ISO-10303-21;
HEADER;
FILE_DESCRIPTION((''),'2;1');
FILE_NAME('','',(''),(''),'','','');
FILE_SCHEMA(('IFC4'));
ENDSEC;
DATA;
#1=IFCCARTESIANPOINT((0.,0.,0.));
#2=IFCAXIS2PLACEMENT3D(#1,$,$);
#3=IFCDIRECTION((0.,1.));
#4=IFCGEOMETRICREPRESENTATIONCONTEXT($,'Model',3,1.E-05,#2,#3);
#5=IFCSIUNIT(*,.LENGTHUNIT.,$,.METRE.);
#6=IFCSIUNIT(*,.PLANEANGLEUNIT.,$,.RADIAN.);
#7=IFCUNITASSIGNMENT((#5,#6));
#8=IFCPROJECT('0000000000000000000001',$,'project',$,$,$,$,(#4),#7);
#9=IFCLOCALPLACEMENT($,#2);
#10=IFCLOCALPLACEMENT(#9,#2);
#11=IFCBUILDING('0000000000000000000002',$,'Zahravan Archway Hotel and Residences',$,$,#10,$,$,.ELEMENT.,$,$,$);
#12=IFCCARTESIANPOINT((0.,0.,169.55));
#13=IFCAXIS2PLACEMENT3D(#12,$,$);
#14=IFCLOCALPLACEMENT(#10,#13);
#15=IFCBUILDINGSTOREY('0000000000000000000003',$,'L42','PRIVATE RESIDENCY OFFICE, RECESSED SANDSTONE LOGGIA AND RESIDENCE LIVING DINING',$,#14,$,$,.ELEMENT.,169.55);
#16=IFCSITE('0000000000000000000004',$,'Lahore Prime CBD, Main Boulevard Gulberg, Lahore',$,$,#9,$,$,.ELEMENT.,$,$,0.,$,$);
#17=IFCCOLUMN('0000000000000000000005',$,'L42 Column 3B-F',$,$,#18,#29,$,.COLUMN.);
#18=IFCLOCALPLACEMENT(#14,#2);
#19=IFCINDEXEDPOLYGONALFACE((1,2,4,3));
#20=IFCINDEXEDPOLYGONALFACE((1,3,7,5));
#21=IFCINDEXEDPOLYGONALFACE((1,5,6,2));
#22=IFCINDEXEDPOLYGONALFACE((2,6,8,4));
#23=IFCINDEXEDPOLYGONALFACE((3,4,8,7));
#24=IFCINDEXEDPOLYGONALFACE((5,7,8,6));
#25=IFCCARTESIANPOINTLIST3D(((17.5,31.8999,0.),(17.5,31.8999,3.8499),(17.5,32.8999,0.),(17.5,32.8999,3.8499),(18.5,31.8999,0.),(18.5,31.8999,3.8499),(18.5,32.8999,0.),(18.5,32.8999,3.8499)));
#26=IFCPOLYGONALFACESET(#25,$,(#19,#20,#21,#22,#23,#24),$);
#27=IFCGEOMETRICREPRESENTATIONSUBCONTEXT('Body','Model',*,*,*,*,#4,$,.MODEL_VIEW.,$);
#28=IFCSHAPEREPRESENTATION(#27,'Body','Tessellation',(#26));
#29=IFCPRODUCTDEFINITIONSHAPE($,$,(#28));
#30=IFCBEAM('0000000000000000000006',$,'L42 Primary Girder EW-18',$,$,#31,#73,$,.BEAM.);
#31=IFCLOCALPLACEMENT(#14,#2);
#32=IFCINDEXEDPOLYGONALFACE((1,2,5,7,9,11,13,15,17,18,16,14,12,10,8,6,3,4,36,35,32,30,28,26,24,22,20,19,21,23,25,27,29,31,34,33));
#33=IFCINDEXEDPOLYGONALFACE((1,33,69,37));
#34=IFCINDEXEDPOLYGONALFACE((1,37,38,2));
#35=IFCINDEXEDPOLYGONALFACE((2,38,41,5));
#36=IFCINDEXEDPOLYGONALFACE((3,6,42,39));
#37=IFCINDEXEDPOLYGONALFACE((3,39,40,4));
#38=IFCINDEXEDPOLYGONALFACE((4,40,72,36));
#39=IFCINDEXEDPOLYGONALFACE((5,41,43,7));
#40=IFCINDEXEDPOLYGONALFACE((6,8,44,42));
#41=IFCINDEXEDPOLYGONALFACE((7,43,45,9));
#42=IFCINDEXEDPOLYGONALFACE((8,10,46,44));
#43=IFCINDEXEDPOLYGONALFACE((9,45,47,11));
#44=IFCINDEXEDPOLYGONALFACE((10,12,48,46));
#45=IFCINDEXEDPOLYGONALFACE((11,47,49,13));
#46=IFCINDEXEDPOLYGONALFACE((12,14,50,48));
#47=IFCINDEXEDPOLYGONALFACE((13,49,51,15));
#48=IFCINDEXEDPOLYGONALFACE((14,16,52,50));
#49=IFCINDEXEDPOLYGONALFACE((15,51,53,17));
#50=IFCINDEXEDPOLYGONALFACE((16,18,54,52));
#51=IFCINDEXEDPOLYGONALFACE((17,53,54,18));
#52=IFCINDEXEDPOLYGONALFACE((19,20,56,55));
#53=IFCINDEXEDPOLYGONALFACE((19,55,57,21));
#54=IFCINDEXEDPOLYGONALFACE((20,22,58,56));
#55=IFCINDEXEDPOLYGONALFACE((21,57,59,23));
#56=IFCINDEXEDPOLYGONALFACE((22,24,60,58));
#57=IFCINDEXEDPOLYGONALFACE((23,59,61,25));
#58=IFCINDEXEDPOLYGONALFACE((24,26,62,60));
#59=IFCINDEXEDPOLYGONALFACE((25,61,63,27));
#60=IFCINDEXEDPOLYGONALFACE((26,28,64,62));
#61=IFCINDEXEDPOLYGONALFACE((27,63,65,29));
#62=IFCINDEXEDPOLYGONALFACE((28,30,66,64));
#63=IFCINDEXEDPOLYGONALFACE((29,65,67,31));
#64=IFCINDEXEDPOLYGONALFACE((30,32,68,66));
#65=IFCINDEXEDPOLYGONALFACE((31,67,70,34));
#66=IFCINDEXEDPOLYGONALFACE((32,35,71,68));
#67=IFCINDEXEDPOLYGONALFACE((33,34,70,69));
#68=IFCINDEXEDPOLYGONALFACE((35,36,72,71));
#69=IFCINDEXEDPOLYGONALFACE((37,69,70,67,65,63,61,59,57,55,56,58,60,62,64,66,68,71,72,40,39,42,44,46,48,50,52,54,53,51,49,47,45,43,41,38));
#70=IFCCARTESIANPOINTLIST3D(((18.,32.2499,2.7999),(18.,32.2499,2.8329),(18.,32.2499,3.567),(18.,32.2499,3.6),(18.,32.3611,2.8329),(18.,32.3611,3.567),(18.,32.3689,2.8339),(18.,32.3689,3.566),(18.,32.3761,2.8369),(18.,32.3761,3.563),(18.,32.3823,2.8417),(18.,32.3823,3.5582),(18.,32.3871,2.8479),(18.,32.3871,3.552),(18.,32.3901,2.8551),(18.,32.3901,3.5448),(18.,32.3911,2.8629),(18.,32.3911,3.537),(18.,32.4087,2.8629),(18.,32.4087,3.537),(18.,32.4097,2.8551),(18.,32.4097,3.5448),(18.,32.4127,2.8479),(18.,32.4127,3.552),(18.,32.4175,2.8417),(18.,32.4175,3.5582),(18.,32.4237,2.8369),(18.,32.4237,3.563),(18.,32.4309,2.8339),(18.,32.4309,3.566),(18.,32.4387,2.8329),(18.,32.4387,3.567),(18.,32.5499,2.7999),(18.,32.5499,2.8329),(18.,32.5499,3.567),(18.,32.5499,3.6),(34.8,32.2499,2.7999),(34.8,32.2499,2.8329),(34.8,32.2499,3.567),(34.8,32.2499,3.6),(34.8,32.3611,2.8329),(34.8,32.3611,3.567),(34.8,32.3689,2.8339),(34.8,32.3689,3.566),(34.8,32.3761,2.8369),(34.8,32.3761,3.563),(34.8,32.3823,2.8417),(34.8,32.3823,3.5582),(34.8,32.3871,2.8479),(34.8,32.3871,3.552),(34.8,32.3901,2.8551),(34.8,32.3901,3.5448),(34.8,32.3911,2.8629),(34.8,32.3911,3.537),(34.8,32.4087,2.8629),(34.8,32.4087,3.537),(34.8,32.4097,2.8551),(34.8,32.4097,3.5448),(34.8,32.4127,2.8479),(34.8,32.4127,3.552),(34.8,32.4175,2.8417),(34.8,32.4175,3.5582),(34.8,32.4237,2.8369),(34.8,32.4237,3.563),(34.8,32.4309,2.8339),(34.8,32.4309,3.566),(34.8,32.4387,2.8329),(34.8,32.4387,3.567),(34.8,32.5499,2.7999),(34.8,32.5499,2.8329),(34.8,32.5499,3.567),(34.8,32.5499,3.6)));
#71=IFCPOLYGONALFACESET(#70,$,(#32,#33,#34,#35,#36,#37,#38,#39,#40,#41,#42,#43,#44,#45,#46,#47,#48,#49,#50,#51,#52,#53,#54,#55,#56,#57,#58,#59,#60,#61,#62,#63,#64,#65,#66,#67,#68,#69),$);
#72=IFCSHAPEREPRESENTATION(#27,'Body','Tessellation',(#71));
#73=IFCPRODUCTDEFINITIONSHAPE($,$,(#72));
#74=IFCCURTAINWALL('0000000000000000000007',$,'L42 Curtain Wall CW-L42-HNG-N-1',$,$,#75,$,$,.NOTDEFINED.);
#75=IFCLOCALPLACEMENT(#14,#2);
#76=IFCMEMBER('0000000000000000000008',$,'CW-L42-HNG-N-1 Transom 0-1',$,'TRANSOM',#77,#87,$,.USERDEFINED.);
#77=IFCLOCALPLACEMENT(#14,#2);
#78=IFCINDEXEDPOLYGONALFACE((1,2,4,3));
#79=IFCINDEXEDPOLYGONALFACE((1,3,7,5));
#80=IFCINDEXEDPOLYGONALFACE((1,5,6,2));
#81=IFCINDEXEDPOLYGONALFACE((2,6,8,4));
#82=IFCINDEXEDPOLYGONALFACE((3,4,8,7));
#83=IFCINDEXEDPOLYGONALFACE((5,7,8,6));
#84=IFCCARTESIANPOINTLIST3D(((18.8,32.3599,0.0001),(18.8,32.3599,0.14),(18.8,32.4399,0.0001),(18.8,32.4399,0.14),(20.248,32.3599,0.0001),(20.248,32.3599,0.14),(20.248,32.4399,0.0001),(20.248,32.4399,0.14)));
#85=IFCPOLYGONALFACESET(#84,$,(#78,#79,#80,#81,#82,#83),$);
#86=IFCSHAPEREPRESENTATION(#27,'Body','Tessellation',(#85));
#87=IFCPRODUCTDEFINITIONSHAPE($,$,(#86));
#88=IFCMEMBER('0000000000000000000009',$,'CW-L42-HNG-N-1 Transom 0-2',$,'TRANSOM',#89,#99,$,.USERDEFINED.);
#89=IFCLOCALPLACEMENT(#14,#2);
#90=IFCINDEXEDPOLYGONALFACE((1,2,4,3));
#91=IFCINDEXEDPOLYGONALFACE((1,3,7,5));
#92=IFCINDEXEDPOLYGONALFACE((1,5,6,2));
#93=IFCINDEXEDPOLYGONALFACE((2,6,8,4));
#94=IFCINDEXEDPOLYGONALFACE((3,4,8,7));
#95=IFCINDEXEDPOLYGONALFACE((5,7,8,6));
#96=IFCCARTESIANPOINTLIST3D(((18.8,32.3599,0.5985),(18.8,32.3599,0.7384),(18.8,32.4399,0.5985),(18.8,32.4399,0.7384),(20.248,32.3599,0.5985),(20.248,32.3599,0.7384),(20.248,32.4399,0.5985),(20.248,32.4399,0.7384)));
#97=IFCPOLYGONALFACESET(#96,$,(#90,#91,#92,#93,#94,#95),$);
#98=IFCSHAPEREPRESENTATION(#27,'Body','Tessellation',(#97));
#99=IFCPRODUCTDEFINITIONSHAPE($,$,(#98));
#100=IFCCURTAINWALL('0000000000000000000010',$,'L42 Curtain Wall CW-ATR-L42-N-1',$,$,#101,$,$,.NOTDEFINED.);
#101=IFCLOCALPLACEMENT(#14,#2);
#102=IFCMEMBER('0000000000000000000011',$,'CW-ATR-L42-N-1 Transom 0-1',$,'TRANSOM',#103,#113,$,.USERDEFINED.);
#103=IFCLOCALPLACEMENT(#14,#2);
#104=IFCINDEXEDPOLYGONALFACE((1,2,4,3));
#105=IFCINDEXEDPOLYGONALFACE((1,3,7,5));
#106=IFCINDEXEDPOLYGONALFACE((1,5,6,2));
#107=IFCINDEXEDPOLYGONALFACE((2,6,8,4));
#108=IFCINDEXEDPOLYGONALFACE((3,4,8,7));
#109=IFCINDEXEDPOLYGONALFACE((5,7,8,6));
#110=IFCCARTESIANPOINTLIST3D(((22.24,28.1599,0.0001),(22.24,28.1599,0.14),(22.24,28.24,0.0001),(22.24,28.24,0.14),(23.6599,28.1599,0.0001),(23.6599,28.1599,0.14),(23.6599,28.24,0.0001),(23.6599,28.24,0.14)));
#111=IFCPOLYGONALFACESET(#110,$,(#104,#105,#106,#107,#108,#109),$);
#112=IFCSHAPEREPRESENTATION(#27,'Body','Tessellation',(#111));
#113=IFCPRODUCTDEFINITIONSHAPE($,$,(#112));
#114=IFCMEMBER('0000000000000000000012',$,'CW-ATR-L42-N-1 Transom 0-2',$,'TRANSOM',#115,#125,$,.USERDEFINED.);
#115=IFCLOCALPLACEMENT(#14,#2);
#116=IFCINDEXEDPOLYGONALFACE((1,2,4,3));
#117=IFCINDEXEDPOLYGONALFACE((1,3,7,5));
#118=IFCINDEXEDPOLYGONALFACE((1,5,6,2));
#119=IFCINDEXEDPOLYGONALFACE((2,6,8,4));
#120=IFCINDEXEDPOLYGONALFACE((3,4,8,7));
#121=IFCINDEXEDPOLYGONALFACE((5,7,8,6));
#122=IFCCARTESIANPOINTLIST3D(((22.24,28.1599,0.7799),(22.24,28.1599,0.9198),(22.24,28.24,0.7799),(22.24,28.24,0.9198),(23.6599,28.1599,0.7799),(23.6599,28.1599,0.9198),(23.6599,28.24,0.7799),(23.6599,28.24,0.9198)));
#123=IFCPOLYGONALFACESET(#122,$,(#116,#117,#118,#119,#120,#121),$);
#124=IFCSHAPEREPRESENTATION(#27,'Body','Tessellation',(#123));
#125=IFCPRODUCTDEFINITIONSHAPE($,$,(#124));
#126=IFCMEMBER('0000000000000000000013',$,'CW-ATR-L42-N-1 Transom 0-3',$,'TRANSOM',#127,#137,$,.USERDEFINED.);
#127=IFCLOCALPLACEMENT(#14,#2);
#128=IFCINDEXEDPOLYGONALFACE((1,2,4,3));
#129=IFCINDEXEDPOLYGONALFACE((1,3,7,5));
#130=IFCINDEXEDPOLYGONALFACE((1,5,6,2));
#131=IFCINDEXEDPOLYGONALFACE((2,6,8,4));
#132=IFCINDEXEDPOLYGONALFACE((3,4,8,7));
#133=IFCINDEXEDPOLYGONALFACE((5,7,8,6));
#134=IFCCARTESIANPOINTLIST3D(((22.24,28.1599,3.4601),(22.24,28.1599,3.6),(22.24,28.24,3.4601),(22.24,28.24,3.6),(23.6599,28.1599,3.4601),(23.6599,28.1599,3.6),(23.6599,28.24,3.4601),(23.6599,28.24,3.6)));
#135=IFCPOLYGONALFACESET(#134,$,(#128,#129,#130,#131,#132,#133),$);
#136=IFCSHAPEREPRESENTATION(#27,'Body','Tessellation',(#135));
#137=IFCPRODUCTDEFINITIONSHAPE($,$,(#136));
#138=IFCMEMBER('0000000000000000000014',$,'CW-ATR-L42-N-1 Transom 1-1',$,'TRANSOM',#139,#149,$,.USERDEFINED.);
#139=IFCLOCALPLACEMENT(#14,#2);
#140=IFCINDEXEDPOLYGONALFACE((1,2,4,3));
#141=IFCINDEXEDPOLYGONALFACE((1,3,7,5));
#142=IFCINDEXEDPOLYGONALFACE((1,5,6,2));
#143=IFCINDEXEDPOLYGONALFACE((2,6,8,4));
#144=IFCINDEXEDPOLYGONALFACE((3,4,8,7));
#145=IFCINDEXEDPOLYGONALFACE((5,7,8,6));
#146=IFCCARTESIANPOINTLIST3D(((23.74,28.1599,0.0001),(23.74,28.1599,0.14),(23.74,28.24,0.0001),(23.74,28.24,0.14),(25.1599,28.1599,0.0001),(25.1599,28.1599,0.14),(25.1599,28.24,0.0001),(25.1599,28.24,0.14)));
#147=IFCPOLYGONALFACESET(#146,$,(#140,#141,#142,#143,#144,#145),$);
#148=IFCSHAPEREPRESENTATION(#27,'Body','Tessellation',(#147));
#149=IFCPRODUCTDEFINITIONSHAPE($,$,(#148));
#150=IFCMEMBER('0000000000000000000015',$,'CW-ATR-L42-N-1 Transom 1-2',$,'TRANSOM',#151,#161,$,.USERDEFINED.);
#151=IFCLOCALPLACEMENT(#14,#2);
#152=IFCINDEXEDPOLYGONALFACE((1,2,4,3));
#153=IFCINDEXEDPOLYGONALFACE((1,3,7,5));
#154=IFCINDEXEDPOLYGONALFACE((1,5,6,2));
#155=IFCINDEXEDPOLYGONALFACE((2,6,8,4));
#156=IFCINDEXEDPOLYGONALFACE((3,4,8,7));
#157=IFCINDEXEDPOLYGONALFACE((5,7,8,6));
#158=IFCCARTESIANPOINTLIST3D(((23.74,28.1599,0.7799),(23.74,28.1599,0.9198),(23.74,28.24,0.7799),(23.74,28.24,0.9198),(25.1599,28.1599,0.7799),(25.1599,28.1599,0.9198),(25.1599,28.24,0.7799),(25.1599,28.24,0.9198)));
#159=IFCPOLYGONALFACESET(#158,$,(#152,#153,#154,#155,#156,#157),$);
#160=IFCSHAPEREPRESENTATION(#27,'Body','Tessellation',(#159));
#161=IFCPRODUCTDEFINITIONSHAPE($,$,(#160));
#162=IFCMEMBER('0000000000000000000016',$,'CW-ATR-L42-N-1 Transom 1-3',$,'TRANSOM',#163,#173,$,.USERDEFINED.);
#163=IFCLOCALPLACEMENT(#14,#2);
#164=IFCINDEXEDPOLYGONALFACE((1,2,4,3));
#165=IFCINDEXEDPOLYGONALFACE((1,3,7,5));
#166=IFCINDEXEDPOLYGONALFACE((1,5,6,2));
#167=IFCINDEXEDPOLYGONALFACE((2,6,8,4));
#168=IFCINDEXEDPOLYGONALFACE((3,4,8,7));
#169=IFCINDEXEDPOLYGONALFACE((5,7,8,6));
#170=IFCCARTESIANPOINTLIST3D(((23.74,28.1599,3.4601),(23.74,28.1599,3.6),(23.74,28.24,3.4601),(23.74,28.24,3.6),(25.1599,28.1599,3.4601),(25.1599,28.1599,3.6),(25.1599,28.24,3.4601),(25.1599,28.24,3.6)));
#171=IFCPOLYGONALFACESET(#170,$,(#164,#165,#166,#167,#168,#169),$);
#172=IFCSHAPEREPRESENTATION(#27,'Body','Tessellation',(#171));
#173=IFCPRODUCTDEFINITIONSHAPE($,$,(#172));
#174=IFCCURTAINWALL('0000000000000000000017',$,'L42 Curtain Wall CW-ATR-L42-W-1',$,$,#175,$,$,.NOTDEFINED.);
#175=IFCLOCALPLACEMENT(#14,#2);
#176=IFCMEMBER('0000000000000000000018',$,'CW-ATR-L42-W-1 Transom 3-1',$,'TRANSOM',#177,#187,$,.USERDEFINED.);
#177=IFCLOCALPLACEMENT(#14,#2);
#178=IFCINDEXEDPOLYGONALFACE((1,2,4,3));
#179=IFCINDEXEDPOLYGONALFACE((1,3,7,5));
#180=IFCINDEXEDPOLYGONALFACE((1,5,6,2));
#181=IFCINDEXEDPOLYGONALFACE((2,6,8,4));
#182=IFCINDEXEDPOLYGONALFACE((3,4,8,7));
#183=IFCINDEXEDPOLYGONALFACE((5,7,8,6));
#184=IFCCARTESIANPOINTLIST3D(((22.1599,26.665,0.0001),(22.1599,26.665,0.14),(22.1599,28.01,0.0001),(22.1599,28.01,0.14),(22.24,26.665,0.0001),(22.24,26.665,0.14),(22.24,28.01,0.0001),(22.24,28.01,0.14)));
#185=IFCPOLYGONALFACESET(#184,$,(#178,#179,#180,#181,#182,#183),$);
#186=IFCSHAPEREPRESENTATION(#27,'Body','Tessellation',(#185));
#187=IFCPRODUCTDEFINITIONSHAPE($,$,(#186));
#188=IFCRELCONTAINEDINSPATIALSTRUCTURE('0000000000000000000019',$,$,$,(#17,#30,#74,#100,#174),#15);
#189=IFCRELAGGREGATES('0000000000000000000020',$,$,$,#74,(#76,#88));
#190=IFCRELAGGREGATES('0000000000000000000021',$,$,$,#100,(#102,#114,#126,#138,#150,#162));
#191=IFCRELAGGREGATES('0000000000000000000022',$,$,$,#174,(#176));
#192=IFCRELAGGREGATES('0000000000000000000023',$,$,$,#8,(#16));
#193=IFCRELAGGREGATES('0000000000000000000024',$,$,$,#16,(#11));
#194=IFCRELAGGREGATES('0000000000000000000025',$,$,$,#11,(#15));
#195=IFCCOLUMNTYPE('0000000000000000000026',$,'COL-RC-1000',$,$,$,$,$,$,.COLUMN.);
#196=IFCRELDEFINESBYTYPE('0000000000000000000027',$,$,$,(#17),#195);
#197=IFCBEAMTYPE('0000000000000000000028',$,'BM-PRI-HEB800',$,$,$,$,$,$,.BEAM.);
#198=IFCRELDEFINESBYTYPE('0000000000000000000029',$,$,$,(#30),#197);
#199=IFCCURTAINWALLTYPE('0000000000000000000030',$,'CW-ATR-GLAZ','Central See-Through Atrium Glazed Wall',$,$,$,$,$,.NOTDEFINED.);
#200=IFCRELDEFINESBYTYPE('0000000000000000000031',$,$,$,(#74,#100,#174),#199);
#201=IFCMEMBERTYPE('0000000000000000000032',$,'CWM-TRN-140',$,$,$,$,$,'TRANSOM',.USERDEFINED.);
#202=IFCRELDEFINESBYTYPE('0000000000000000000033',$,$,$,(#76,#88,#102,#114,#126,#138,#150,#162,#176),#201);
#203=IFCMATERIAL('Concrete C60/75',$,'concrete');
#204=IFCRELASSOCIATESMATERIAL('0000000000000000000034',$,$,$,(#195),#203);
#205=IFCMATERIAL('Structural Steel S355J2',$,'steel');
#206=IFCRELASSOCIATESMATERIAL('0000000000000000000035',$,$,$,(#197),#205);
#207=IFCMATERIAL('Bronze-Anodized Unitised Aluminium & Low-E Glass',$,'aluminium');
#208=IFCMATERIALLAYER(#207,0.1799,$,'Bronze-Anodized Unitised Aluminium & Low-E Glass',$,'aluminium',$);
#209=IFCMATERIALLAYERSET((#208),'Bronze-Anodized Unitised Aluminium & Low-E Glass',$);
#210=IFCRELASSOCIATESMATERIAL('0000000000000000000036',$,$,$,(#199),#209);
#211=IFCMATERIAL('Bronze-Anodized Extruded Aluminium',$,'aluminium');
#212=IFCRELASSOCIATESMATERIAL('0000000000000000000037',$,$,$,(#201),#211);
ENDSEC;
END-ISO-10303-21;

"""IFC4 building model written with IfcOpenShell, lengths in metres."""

from ifc_helpers import new_model, si_unit, direction, frame, origin, origin_2d, place, context, subcontext, project, spatial, rectangle, i_section, extrude, source, transform, mapped, material, layer, layer_set, material_profile, profile_set, type_object, type_shapes, element, aggregate, save


model = new_model("IFC4")

# Units and contexts
model_context = context("Model", 3, precision=1e-05, world=origin(), true_north=direction((0.0, 1.0)))
body_context = subcontext(model_context, "Body", "Model", "MODEL_VIEW")
ifc_project = project(units=[si_unit("LENGTHUNIT", "METRE"), si_unit("PLANEANGLEUNIT", "RADIAN")], contexts=[model_context])

# Site, building, storey
site_placement = place(None, origin())
site = spatial("IfcSite", under=ifc_project, at=site_placement, Name="Lahore Prime CBD, Main Boulevard Gulberg, Lahore", CompositionType="ELEMENT", RefElevation=0.0)
building_placement = place(site_placement, origin())
building = spatial("IfcBuilding", under=site, at=building_placement, Name="Zahravan Archway Hotel and Residences", CompositionType="ELEMENT")
storey_placement = place(building_placement, frame((0.0, 0.0, 169.55)))
storey = spatial("IfcBuildingStorey", under=building, at=storey_placement, Name="L42", Description="PRIVATE RESIDENCY OFFICE, RECESSED SANDSTONE LOGGIA AND RESIDENCE LIVING DINING", CompositionType="ELEMENT", Elevation=169.55)

# Column
ifc_material_1 = material(Name="Concrete C60/75", Category="concrete")
ifc_material_profile_1 = material_profile(ifc_material_1, rectangle(XDim=1.0, YDim=1.0, at=origin_2d()), Name="RC-COL-1000x1000", Category="concrete")
ifc_profile_set_1 = profile_set([ifc_material_profile_1], Name="Concrete C60/75")
column_type = type_object("IfcColumnType", Name="COL-RC-1000", PredefinedType="COLUMN", material=ifc_profile_set_1)
shared_shape_1 = source(origin(), body_context, "Body", "SweptSolid", [
    extrude(rectangle(XDim=1.0, YDim=1.0, at=origin_2d()), origin(), (0.0, 0.0, 1.0), 3.8499),
])
column_placement = place(storey_placement, frame((18.0, 32.3999, 0.0), z_axis=(0.0, 0.0, 1.0), x_axis=(1.0, 0.0, 0.0)))
element("IfcColumn", 1, at=column_placement, inside=storey, type_object=column_type, Name="L42 Column 3B-F", PredefinedType="COLUMN", context=body_context, shape_type="MappedRepresentation", body=[
    mapped(shared_shape_1, transform((0.0, 0.0, 0.0), scale=1.0)),
])

# Beam
ifc_material_2 = material(Name="Structural Steel S355J2", Category="steel")
ifc_material_profile_2 = material_profile(ifc_material_2, i_section(OverallWidth=0.3, OverallDepth=0.8, WebThickness=0.0176, FlangeThickness=0.033, FilletRadius=0.03, at=origin_2d()), Name="HEB 800", Category="steel")
ifc_profile_set_2 = profile_set([ifc_material_profile_2], Name="Structural Steel S355J2")
beam_type = type_object("IfcBeamType", Name="BM-PRI-HEB800", PredefinedType="BEAM", material=ifc_profile_set_2)
shared_shape_2 = source(origin(), body_context, "Body", "SweptSolid", [
    extrude(i_section(OverallWidth=0.3, OverallDepth=0.8, WebThickness=0.0176, FlangeThickness=0.033, FilletRadius=0.03, at=origin_2d()), origin(), (0.0, 0.0, 1.0), 16.8),
])
type_shapes(beam_type, [shared_shape_2])
beam_placement = place(storey_placement, frame((18.0, 32.3999, 3.2), z_axis=(1.0, 0.0, 0.0), x_axis=(0.0, 1.0, 0.0)))
element("IfcBeam", 2, at=beam_placement, inside=storey, type_object=beam_type, Name="L42 Primary Girder EW-18", PredefinedType="BEAM", context=body_context, shape_type="MappedRepresentation", body=[
    mapped(shared_shape_2, transform((0.0, 0.0, 0.0), scale=1.0)),
])

# Curtain walls, members
ifc_material_3 = material(Name="Bronze-Anodized Unitised Aluminium & Low-E Glass", Category="aluminium")
ifc_layer_1 = layer(ifc_material_3, 0.1799, Name="Bronze-Anodized Unitised Aluminium & Low-E Glass", Category="aluminium")
ifc_layer_set_1 = layer_set([ifc_layer_1], Name="Bronze-Anodized Unitised Aluminium & Low-E Glass")
curtain_wall_type = type_object("IfcCurtainWallType", Name="CW-ATR-GLAZ", Description="Central See-Through Atrium Glazed Wall", PredefinedType="NOTDEFINED", material=ifc_layer_set_1)
curtain_wall_1_placement = place(storey_placement, origin())
curtain_wall_1 = element("IfcCurtainWall", 3, at=curtain_wall_1_placement, inside=storey, type_object=curtain_wall_type, Name="L42 Curtain Wall CW-L42-HNG-N-1", PredefinedType="NOTDEFINED")
ifc_material_4 = material(Name="Bronze-Anodized Extruded Aluminium", Category="aluminium")
ifc_material_profile_3 = material_profile(ifc_material_4, rectangle(XDim=0.0801, YDim=0.1399, at=origin_2d()), Name="TRN 80x140", Category="aluminium")
ifc_profile_set_3 = profile_set([ifc_material_profile_3], Name="Bronze-Anodized Extruded Aluminium")
member_type_1 = type_object("IfcMemberType", Name="CWM-TRN-140", ElementType="TRANSOM", PredefinedType="USERDEFINED", material=ifc_profile_set_3)
shared_shape_3 = source(origin(), body_context, "Body", "SweptSolid", [
    extrude(rectangle(XDim=0.0801, YDim=0.1399, at=origin_2d()), origin(), (0.0, 0.0, 1.0), 1.448),
])
member_1_placement = place(storey_placement, frame((18.8, 32.3999, 0.0701), z_axis=(1.0, 0.0, 0.0), x_axis=(0.0, 1.0, 0.0)))
member_1 = element("IfcMember", 4, at=member_1_placement, type_object=member_type_1, Name="CW-L42-HNG-N-1 Transom 0-1", ObjectType="TRANSOM", PredefinedType="USERDEFINED", context=body_context, shape_type="MappedRepresentation", body=[
    mapped(shared_shape_3, transform((0.0, 0.0, 0.0), scale=1.0)),
])
member_2_placement = place(storey_placement, frame((18.8, 32.3999, 0.6685), z_axis=(1.0, 0.0, 0.0), x_axis=(0.0, 1.0, 0.0)))
member_2 = element("IfcMember", 5, at=member_2_placement, type_object=member_type_1, Name="CW-L42-HNG-N-1 Transom 0-2", ObjectType="TRANSOM", PredefinedType="USERDEFINED", context=body_context, shape_type="MappedRepresentation", body=[
    mapped(shared_shape_3, transform((0.0, 0.0, 0.0), scale=1.0)),
])
curtain_wall_2_placement = place(storey_placement, origin())
curtain_wall_2 = element("IfcCurtainWall", 6, at=curtain_wall_2_placement, inside=storey, type_object=curtain_wall_type, Name="L42 Curtain Wall CW-ATR-L42-N-1", PredefinedType="NOTDEFINED")
shared_shape_4 = source(origin(), body_context, "Body", "SweptSolid", [
    extrude(rectangle(XDim=0.0801, YDim=0.1399, at=origin_2d()), origin(), (0.0, 0.0, 1.0), 1.4199),
])
member_3_placement = place(storey_placement, frame((22.24, 28.2, 0.0701), z_axis=(1.0, 0.0, 0.0), x_axis=(0.0, 1.0, 0.0)))
member_3 = element("IfcMember", 7, at=member_3_placement, type_object=member_type_1, Name="CW-ATR-L42-N-1 Transom 0-1", ObjectType="TRANSOM", PredefinedType="USERDEFINED", context=body_context, shape_type="MappedRepresentation", body=[
    mapped(shared_shape_4, transform((0.0, 0.0, 0.0), scale=1.0)),
])
member_4_placement = place(storey_placement, frame((22.24, 28.2, 0.8499), z_axis=(1.0, 0.0, 0.0), x_axis=(0.0, 1.0, 0.0)))
member_4 = element("IfcMember", 8, at=member_4_placement, type_object=member_type_1, Name="CW-ATR-L42-N-1 Transom 0-2", ObjectType="TRANSOM", PredefinedType="USERDEFINED", context=body_context, shape_type="MappedRepresentation", body=[
    mapped(shared_shape_4, transform((0.0, 0.0, 0.0), scale=1.0)),
])
member_5_placement = place(storey_placement, frame((22.24, 28.2, 3.53), z_axis=(1.0, 0.0, 0.0), x_axis=(0.0, 1.0, 0.0)))
member_5 = element("IfcMember", 9, at=member_5_placement, type_object=member_type_1, Name="CW-ATR-L42-N-1 Transom 0-3", ObjectType="TRANSOM", PredefinedType="USERDEFINED", context=body_context, shape_type="MappedRepresentation", body=[
    mapped(shared_shape_4, transform((0.0, 0.0, 0.0), scale=1.0)),
])
member_6_placement = place(storey_placement, frame((23.74, 28.2, 0.0701), z_axis=(1.0, 0.0, 0.0), x_axis=(0.0, 1.0, 0.0)))
member_6 = element("IfcMember", 10, at=member_6_placement, type_object=member_type_1, Name="CW-ATR-L42-N-1 Transom 1-1", ObjectType="TRANSOM", PredefinedType="USERDEFINED", context=body_context, shape_type="MappedRepresentation", body=[
    mapped(shared_shape_4, transform((0.0, 0.0, 0.0), scale=1.0)),
])
member_7_placement = place(storey_placement, frame((23.74, 28.2, 0.8499), z_axis=(1.0, 0.0, 0.0), x_axis=(0.0, 1.0, 0.0)))
member_7 = element("IfcMember", 11, at=member_7_placement, type_object=member_type_1, Name="CW-ATR-L42-N-1 Transom 1-2", ObjectType="TRANSOM", PredefinedType="USERDEFINED", context=body_context, shape_type="MappedRepresentation", body=[
    mapped(shared_shape_4, transform((0.0, 0.0, 0.0), scale=1.0)),
])
member_8_placement = place(storey_placement, frame((23.74, 28.2, 3.53), z_axis=(1.0, 0.0, 0.0), x_axis=(0.0, 1.0, 0.0)))
member_8 = element("IfcMember", 12, at=member_8_placement, type_object=member_type_1, Name="CW-ATR-L42-N-1 Transom 1-3", ObjectType="TRANSOM", PredefinedType="USERDEFINED", context=body_context, shape_type="MappedRepresentation", body=[
    mapped(shared_shape_4, transform((0.0, 0.0, 0.0), scale=1.0)),
])
curtain_wall_3_placement = place(storey_placement, origin())
curtain_wall_3 = element("IfcCurtainWall", 13, at=curtain_wall_3_placement, inside=storey, type_object=curtain_wall_type, Name="L42 Curtain Wall CW-ATR-L42-W-1", PredefinedType="NOTDEFINED")
shared_shape_5 = source(origin(), body_context, "Body", "SweptSolid", [
    extrude(rectangle(XDim=0.0801, YDim=0.1399, at=origin_2d()), origin(), (0.0, 0.0, 1.0), 1.345),
])
member_9_placement = place(storey_placement, frame((22.2, 26.665, 0.0701), z_axis=(0.0, 1.0, 0.0), x_axis=(-1.0, 0.0, 0.0)))
member_9 = element("IfcMember", 14, at=member_9_placement, type_object=member_type_1, Name="CW-ATR-L42-W-1 Transom 3-1", ObjectType="TRANSOM", PredefinedType="USERDEFINED", context=body_context, shape_type="MappedRepresentation", body=[
    mapped(shared_shape_5, transform((0.0, 0.0, 0.0), scale=1.0)),
])

aggregate(curtain_wall_1, [member_1, member_2])

aggregate(curtain_wall_2, [member_3, member_4, member_5, member_6, member_7, member_8])
aggregate(curtain_wall_3, [member_9])

save(model, "model.ifc")
